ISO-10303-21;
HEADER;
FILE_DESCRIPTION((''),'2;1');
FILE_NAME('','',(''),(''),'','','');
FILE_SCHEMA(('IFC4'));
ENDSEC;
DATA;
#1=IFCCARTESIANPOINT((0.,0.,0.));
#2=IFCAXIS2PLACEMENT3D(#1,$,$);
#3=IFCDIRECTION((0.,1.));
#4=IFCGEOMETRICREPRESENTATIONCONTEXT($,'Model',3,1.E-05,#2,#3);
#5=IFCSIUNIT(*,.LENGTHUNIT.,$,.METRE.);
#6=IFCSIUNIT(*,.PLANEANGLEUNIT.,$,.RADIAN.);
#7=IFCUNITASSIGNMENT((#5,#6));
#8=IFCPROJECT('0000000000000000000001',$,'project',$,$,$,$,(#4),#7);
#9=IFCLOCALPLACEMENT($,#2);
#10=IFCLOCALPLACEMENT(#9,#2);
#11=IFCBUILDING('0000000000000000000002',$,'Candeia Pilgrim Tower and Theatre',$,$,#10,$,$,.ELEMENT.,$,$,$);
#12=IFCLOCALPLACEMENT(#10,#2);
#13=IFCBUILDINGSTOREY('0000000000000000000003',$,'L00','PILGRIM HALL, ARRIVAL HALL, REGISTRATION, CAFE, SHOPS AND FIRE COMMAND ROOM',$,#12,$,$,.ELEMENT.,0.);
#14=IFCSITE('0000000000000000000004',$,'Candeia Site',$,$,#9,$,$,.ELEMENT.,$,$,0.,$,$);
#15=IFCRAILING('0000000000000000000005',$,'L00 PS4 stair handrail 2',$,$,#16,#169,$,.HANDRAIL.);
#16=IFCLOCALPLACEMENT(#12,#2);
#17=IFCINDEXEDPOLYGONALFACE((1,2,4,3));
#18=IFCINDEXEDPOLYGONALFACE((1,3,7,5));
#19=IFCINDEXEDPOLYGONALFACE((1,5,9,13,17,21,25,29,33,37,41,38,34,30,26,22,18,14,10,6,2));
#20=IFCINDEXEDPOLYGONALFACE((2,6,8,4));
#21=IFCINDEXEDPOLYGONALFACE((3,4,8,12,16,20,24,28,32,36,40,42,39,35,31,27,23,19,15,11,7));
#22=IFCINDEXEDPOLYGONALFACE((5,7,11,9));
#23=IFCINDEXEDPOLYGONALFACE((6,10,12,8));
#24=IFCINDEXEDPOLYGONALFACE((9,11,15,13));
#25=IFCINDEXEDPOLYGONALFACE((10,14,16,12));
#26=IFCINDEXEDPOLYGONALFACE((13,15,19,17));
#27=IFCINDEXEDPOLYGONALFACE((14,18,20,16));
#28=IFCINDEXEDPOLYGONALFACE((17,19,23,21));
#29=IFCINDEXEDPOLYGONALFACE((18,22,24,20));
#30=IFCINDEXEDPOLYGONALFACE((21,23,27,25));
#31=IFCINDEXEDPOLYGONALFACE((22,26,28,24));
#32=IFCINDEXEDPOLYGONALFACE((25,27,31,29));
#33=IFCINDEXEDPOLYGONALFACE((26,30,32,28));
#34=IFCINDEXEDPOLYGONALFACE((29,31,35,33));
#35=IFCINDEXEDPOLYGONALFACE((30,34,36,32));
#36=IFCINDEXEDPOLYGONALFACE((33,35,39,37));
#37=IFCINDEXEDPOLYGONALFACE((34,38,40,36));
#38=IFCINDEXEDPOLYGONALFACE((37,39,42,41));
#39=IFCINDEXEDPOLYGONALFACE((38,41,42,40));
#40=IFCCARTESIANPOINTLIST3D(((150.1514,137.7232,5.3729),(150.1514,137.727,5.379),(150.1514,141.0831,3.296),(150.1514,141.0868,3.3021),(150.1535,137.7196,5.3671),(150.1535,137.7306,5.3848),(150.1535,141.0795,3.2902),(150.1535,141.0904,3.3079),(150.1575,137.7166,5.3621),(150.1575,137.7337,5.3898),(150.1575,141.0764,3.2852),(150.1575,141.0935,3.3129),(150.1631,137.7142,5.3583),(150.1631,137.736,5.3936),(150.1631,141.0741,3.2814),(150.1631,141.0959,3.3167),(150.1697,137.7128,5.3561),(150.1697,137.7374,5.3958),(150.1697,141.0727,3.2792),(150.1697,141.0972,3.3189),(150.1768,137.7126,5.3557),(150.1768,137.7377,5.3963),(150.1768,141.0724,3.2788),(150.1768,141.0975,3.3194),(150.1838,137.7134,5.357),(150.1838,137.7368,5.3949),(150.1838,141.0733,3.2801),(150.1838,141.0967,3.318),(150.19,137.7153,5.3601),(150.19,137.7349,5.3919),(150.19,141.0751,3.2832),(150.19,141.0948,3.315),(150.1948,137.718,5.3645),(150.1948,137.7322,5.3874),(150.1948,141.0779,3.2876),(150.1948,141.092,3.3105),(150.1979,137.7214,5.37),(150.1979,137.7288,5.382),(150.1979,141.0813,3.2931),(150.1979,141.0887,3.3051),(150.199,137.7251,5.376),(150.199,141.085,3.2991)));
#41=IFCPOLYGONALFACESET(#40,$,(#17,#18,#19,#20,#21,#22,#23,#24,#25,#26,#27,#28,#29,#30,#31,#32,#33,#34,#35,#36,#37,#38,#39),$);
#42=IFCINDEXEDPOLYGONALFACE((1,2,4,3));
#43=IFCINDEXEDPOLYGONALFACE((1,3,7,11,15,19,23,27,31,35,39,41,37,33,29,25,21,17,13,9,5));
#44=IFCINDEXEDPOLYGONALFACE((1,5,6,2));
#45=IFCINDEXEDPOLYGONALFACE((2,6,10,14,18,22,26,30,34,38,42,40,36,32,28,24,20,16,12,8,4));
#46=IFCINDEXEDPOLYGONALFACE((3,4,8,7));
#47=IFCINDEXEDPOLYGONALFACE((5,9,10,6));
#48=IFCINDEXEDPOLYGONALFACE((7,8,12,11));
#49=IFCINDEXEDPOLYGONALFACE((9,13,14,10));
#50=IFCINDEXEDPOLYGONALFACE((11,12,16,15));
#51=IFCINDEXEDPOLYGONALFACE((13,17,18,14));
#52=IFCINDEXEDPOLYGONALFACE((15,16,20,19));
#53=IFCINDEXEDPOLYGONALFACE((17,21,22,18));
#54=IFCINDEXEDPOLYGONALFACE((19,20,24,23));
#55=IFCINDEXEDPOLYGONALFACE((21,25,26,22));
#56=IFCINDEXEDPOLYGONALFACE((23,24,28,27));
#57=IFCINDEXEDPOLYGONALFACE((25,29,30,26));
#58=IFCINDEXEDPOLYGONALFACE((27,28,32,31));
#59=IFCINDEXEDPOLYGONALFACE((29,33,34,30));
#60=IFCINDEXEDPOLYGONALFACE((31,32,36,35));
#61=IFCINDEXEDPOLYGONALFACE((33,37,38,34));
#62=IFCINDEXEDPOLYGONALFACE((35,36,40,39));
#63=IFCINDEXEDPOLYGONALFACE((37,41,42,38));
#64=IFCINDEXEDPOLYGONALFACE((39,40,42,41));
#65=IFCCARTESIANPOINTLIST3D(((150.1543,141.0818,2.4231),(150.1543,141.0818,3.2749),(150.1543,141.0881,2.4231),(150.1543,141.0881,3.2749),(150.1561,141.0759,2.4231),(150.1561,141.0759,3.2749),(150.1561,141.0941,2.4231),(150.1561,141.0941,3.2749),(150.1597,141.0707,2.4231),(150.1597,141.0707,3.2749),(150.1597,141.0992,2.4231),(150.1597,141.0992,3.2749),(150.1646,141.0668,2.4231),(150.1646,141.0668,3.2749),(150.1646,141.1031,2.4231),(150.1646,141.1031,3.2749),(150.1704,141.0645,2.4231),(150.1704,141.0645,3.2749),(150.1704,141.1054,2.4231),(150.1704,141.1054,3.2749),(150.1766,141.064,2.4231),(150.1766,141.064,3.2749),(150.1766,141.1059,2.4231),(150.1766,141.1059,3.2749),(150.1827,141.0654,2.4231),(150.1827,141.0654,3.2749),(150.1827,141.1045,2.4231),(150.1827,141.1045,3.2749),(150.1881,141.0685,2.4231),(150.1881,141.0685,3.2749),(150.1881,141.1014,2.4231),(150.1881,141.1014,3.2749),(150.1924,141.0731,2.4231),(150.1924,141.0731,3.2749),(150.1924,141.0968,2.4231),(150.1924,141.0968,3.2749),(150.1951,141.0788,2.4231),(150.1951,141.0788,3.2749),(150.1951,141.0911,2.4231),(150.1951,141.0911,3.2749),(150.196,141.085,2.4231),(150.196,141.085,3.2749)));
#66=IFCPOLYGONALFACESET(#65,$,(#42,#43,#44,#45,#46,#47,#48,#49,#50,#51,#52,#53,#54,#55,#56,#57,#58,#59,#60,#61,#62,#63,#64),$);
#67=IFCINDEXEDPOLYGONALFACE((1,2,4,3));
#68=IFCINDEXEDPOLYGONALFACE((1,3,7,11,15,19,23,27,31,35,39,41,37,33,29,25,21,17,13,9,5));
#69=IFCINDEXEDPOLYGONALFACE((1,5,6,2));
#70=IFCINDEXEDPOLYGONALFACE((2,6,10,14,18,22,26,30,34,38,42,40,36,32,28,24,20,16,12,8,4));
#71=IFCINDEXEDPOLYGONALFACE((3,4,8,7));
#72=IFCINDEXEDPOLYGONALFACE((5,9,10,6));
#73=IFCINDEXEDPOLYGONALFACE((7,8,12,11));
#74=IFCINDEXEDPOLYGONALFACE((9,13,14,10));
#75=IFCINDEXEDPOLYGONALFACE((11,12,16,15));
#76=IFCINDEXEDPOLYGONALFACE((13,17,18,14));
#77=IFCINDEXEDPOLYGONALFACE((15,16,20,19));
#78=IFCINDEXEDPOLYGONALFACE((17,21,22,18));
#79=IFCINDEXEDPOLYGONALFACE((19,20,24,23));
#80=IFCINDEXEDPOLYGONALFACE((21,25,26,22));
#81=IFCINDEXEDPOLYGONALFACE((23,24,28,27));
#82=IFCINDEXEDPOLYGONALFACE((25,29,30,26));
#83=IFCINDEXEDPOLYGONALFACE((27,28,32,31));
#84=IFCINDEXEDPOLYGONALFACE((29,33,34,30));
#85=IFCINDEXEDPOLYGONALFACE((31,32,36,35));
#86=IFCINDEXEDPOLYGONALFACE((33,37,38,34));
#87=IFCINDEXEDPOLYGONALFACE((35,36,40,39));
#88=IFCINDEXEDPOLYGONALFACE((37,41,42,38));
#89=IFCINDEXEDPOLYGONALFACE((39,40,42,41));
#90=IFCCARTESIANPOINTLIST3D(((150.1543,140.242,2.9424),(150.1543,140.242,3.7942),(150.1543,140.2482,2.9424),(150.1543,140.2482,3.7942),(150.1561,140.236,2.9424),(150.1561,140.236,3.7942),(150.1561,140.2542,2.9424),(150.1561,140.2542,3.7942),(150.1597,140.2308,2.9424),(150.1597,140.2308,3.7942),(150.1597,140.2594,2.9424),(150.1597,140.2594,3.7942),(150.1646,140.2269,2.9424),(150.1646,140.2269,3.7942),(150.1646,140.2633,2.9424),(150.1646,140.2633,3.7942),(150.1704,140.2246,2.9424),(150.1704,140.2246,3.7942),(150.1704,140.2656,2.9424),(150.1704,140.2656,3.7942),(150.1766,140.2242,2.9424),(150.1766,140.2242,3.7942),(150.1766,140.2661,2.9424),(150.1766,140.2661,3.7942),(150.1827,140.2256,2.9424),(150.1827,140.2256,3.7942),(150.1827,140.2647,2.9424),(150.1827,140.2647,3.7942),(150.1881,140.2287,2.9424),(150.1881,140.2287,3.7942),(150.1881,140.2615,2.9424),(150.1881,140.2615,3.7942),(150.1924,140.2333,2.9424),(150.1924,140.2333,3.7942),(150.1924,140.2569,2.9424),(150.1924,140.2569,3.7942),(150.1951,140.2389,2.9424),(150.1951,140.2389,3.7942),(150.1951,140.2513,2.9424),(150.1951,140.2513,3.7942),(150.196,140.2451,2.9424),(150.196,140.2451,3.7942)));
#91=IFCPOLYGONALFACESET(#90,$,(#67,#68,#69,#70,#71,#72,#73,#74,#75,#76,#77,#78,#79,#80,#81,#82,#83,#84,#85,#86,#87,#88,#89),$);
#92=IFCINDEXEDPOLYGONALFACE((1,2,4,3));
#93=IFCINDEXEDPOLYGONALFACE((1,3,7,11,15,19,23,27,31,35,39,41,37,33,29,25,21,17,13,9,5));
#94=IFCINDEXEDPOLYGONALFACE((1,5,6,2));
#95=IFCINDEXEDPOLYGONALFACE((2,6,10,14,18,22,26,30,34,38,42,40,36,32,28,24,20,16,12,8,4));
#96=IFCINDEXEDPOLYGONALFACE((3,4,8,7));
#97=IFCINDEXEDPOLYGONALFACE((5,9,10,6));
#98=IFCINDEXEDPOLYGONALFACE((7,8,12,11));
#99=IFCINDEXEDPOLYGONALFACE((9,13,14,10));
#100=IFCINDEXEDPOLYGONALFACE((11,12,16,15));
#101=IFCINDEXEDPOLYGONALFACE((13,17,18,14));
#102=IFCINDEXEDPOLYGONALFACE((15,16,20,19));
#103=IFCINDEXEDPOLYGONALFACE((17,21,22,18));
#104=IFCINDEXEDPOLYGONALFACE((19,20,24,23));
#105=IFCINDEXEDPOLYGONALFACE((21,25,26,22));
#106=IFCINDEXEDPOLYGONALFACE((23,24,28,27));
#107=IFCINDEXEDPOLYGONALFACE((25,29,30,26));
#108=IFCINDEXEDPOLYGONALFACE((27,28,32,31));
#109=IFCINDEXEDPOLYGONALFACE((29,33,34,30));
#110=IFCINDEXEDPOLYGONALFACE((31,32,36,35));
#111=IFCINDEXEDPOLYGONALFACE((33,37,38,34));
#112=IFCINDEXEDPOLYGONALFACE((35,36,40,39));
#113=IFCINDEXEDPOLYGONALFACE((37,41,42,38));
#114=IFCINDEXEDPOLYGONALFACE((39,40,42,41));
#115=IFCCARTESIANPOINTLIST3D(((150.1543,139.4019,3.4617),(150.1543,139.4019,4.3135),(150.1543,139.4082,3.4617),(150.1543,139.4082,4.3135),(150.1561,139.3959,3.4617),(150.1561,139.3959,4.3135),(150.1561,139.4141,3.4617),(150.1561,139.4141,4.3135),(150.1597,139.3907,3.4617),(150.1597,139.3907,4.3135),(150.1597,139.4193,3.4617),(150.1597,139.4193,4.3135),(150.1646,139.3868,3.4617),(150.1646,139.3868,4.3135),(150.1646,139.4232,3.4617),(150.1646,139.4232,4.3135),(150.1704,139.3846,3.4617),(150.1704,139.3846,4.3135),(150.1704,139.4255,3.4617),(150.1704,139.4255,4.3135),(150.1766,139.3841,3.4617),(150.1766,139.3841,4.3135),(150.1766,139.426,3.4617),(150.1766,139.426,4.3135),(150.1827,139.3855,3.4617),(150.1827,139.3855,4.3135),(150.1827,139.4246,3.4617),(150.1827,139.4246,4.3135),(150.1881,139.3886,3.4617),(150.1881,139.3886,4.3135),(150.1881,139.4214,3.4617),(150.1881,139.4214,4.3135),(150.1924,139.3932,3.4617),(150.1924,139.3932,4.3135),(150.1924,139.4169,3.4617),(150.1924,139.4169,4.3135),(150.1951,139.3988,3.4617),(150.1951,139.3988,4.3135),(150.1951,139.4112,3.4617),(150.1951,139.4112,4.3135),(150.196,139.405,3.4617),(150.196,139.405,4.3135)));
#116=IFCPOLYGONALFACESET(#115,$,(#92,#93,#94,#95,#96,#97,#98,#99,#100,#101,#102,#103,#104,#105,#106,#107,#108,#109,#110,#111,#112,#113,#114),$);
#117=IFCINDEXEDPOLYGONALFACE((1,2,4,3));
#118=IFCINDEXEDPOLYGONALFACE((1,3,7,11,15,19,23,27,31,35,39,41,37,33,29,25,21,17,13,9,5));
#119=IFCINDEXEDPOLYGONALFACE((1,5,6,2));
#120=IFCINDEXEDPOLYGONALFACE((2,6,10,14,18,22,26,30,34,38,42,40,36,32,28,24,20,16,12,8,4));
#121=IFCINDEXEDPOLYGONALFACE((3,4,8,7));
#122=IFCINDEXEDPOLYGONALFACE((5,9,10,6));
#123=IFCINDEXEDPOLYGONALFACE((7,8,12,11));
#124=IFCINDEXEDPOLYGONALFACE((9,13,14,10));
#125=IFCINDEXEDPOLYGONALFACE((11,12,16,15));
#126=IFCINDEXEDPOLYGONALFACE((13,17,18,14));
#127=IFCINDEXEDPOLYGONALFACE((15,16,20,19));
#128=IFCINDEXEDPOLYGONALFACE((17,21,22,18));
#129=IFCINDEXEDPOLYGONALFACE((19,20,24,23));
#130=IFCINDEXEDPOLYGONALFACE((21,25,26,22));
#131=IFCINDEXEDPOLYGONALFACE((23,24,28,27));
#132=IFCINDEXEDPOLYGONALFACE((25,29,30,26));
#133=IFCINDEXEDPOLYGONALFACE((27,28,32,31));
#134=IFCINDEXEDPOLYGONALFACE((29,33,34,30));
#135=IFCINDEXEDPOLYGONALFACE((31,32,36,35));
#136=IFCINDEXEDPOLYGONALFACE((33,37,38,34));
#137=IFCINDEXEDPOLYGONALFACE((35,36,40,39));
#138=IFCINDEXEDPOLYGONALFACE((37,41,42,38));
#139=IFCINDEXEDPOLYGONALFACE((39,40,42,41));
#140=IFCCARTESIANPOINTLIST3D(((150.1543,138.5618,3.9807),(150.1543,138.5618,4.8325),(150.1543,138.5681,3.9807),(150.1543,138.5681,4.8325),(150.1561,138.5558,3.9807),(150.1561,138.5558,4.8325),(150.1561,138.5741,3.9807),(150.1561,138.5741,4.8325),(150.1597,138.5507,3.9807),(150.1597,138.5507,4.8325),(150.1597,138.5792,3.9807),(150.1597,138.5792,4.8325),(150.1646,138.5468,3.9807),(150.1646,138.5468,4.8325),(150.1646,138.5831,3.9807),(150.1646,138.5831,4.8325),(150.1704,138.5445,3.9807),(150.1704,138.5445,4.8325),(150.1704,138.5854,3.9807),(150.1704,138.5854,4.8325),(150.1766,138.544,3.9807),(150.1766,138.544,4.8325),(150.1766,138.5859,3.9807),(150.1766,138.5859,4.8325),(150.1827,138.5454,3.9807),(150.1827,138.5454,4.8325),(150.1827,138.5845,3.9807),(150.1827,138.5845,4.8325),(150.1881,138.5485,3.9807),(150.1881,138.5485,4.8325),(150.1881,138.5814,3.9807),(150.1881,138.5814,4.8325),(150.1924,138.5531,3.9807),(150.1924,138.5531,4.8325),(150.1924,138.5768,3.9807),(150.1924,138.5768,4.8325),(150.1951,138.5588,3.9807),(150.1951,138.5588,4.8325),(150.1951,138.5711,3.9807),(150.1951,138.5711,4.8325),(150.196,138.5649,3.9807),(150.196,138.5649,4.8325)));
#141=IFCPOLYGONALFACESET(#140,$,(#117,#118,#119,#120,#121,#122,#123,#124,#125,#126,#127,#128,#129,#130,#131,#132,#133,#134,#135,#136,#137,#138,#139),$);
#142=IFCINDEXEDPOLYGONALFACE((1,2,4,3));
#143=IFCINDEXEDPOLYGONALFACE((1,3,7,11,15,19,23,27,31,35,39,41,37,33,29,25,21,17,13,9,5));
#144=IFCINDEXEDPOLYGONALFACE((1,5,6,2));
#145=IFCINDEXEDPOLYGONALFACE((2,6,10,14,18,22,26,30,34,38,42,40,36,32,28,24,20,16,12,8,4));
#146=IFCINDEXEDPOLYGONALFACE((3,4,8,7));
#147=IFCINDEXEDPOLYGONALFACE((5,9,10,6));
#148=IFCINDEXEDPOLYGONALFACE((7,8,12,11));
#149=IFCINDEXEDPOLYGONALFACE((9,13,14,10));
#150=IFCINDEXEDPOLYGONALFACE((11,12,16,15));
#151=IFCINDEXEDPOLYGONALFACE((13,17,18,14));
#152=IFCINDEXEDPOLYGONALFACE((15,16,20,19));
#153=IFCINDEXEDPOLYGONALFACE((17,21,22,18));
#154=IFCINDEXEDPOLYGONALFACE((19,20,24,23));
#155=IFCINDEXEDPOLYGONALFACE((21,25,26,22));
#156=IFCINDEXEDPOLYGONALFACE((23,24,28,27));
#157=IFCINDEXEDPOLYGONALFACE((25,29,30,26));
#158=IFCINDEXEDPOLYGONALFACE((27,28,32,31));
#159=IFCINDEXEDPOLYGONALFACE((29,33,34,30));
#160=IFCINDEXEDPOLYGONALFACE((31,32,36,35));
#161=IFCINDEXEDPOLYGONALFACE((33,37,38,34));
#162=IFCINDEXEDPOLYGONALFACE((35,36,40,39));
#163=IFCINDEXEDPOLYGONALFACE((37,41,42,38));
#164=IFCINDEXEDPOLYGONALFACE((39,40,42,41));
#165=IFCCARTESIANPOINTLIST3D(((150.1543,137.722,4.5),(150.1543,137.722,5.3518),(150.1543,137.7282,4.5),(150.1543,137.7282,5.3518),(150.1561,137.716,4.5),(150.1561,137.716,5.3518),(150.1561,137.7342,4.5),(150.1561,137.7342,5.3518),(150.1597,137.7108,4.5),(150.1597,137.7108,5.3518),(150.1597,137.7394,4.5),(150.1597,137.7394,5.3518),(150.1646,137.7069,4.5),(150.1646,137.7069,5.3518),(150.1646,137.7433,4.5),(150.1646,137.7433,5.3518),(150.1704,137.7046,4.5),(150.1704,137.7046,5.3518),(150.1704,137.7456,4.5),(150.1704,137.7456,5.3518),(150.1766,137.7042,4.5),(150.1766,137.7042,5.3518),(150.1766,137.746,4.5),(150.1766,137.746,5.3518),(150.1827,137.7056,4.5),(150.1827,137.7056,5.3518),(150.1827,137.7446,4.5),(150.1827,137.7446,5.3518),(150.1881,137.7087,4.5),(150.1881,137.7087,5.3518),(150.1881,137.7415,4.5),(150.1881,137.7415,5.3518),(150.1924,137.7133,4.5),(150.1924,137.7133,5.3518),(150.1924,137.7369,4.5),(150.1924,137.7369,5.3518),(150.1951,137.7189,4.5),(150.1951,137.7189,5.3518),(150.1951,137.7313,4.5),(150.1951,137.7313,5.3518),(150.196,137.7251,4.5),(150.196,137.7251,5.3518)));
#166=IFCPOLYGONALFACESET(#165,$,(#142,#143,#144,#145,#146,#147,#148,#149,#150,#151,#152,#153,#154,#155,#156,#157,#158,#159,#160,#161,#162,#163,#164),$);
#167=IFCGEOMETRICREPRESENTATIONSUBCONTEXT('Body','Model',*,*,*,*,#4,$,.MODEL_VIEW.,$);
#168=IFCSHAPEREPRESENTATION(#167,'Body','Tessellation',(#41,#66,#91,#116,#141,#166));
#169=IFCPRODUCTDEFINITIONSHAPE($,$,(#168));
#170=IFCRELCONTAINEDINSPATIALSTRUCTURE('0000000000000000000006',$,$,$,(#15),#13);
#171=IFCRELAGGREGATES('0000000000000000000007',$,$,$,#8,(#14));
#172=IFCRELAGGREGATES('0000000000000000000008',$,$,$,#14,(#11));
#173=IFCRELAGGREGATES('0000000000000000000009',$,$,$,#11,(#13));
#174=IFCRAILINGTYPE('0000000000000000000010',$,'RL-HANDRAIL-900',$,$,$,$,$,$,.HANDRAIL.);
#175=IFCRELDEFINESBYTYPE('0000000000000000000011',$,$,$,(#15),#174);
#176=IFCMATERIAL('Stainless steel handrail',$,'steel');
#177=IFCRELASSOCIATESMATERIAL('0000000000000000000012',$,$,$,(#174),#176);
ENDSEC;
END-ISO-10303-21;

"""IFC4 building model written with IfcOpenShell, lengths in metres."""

from ifc_helpers import new_model, si_unit, direction, frame, origin, origin_2d, place, context, subcontext, project, spatial, circle, extrude, material, type_object, element, save


model = new_model("IFC4")

# Units and contexts
model_context = context("Model", 3, precision=1e-05, world=origin(), true_north=direction((0.0, 1.0)))
body_context = subcontext(model_context, "Body", "Model", "MODEL_VIEW")
ifc_project = project(units=[si_unit("LENGTHUNIT", "METRE"), si_unit("PLANEANGLEUNIT", "RADIAN")], contexts=[model_context])

# Site, building, storey
site_placement = place(None, origin())
site = spatial("IfcSite", under=ifc_project, at=site_placement, Name="Candeia Site", CompositionType="ELEMENT", RefElevation=0.0)
building_placement = place(site_placement, origin())
building = spatial("IfcBuilding", under=site, at=building_placement, Name="Candeia Pilgrim Tower and Theatre", CompositionType="ELEMENT")
storey_placement = place(building_placement, origin())
storey = spatial("IfcBuildingStorey", under=building, at=storey_placement, Name="L00", Description="PILGRIM HALL, ARRIVAL HALL, REGISTRATION, CAFE, SHOPS AND FIRE COMMAND ROOM", CompositionType="ELEMENT", Elevation=0.0)

# Railing
ifc_material_1 = material(Name="Stainless steel handrail", Category="steel")
railing_type_1 = type_object("IfcRailingType", Name="RL-HANDRAIL-900", PredefinedType="HANDRAIL", material=ifc_material_1)
railing_1_placement = place(storey_placement, frame((150.175, 141.085, 2.4231)))
element("IfcRailing", 1, at=railing_1_placement, inside=storey, type_object=railing_type_1, Name="L00 PS4 stair handrail 2", PredefinedType="HANDRAIL", context=body_context, shape_type="SweptSolid", body=[
    extrude(circle(Radius=0.0239, at=origin_2d()), frame((0.0, 0.0, 0.876), z_axis=(0.0, -0.850606, 0.525803), x_axis=(1.0, 0.0, 0.0)), (0.0, 0.0, 1.0), 3.95),
    extrude(circle(Radius=0.021, at=origin_2d()), origin(), (0.0, 0.0, 1.0), 0.8518),
    extrude(circle(Radius=0.021, at=origin_2d()), frame((0.0, -0.8398, 0.5193)), (0.0, 0.0, 1.0), 0.8518),
    extrude(circle(Radius=0.021, at=origin_2d()), frame((0.0, -1.6799, 1.0386)), (0.0, 0.0, 1.0), 0.8518),
    extrude(circle(Radius=0.021, at=origin_2d()), frame((0.0, -2.52, 1.5576)), (0.0, 0.0, 1.0), 0.8518),
    extrude(circle(Radius=0.021, at=origin_2d()), frame((0.0, -3.3599, 2.0769)), (0.0, 0.0, 1.0), 0.8518),
])

save(model, "model.ifc")
